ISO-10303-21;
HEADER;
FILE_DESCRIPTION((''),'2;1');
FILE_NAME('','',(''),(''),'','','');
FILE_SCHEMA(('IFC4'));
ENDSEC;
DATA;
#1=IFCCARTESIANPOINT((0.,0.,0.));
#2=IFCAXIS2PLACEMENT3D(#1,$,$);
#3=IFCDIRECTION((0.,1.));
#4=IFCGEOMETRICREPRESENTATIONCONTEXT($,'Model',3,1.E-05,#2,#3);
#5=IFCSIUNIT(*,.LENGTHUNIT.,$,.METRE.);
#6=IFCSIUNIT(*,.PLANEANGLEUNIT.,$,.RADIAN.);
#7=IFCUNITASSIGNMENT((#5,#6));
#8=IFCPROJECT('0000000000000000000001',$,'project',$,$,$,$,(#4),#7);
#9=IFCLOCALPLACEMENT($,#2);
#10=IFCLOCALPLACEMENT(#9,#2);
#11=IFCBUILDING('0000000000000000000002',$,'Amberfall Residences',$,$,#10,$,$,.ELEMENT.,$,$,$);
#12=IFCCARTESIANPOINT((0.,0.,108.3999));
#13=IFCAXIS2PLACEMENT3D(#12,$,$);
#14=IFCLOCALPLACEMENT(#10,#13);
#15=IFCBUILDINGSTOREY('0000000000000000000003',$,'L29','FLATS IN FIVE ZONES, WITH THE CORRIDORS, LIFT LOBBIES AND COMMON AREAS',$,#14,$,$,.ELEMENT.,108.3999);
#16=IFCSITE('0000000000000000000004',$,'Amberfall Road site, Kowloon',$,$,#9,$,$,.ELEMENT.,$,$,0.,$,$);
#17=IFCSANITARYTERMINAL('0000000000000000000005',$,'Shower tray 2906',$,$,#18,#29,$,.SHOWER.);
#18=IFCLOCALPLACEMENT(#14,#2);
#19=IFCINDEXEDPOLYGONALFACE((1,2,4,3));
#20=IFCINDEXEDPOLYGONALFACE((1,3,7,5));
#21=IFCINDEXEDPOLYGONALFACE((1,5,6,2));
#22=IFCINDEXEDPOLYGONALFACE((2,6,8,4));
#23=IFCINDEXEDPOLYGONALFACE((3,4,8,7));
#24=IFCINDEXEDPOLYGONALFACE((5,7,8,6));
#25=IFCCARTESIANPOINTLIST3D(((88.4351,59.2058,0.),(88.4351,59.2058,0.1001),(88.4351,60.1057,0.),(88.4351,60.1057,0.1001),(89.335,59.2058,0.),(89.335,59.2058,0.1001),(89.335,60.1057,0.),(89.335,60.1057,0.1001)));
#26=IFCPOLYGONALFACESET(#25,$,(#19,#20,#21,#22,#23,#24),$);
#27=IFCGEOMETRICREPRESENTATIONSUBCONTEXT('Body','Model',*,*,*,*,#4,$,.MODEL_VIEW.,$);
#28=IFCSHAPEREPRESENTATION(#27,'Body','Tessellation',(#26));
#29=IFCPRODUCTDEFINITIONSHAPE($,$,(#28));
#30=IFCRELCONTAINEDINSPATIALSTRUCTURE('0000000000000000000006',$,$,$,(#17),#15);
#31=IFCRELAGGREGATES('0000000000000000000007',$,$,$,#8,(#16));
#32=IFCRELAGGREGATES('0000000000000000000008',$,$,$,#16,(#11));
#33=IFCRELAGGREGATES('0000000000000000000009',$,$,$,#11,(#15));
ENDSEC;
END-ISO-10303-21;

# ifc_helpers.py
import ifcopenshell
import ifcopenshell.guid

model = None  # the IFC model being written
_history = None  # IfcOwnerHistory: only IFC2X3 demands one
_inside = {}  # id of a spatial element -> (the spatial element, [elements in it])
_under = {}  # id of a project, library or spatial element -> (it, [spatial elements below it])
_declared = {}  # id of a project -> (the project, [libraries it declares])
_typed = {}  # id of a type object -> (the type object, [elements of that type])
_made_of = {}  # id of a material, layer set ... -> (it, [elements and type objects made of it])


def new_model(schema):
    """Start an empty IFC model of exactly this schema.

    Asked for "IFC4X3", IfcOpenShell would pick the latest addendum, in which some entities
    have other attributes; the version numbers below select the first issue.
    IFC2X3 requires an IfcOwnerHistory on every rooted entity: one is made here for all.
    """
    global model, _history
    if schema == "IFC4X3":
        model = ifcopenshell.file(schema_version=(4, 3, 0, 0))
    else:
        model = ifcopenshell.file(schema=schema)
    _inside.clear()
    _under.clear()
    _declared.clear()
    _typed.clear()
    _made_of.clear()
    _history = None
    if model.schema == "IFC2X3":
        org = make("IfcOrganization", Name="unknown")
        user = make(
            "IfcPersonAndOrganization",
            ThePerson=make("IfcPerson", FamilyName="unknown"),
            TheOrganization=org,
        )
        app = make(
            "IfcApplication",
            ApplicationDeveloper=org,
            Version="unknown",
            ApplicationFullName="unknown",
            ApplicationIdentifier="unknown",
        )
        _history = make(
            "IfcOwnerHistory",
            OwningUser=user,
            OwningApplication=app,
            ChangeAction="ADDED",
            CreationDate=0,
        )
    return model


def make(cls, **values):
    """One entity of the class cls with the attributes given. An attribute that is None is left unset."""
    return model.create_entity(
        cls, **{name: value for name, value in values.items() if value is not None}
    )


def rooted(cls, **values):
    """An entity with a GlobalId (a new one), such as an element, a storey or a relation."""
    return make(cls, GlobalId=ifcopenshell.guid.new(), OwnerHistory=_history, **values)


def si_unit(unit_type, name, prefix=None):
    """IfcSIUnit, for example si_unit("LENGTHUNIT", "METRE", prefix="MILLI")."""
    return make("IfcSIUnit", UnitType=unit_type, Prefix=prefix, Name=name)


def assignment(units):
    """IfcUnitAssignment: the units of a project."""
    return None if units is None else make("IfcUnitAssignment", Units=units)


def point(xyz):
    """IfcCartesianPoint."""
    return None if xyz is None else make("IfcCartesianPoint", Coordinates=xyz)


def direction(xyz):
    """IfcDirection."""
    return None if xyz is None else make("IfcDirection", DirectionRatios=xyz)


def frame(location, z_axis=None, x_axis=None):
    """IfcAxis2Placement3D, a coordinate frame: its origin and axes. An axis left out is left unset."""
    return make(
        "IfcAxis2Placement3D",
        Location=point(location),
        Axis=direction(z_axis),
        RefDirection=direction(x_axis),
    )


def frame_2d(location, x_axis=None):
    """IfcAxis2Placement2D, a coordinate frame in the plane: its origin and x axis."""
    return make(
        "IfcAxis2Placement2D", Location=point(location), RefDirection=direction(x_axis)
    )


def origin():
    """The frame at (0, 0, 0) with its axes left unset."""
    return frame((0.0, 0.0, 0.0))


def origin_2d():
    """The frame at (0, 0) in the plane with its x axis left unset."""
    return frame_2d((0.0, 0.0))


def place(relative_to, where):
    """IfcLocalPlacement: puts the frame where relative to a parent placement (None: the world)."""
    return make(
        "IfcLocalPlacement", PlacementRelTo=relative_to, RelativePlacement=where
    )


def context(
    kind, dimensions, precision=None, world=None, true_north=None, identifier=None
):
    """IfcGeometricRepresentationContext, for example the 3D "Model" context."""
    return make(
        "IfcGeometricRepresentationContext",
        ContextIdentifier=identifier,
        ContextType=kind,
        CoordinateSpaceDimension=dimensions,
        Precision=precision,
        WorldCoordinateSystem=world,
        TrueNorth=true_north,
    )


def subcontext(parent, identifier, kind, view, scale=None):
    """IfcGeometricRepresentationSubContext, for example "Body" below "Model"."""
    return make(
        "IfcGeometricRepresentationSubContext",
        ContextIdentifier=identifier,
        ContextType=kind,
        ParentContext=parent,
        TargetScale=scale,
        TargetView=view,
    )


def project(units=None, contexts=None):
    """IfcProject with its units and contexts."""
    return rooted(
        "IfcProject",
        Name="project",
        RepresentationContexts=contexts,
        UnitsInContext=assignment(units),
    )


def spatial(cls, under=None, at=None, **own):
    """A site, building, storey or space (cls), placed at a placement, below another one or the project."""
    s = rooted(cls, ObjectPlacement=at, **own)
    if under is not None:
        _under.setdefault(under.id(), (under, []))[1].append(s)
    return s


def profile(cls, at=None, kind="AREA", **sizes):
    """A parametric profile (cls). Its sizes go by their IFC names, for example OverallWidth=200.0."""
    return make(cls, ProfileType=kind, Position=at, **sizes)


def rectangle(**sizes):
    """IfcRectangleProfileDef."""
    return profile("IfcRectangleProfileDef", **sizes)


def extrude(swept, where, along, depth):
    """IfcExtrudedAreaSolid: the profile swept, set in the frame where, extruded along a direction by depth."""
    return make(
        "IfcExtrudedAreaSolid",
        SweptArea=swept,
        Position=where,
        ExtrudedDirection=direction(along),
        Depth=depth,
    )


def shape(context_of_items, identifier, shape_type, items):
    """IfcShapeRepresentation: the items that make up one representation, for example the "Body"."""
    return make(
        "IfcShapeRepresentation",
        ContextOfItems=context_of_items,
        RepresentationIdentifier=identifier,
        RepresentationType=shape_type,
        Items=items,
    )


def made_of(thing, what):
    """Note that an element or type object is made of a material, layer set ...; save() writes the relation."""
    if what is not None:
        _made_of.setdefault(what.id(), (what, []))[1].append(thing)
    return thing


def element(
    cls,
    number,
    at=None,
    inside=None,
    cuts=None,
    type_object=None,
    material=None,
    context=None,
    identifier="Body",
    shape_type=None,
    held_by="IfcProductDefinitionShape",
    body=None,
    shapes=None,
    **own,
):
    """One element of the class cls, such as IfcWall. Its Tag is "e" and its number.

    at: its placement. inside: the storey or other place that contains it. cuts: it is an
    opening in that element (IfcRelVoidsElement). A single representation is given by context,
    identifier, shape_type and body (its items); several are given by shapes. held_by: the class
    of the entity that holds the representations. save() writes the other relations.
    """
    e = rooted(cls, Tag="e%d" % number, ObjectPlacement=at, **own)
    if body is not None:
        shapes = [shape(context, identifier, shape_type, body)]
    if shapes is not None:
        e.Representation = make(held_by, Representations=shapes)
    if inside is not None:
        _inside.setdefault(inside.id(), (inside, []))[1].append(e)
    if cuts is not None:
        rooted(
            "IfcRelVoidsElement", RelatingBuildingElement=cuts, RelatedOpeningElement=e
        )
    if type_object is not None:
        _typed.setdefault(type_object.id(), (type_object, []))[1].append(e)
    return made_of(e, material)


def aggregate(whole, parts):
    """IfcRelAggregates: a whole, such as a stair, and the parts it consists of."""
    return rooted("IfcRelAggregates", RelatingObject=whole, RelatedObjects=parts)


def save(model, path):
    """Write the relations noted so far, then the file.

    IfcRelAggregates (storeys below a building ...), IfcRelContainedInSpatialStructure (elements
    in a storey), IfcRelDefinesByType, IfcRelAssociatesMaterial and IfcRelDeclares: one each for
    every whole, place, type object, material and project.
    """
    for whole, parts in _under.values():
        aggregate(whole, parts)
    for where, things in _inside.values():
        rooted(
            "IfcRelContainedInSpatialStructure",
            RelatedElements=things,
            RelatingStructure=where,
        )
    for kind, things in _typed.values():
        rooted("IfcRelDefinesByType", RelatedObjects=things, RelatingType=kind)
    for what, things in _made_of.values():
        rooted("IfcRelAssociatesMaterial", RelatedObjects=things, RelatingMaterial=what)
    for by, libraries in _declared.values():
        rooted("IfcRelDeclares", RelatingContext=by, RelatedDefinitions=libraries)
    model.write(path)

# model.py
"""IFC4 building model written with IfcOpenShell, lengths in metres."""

from ifc_helpers import new_model, si_unit, direction, frame, origin, origin_2d, place, context, subcontext, project, spatial, rectangle, extrude, element, save


model = new_model("IFC4")

# Units and contexts
model_context = context("Model", 3, precision=1e-05, world=origin(), true_north=direction((0.0, 1.0)))
body_context = subcontext(model_context, "Body", "Model", "MODEL_VIEW")
ifc_project = project(units=[si_unit("LENGTHUNIT", "METRE"), si_unit("PLANEANGLEUNIT", "RADIAN")], contexts=[model_context])

# Site, building, storey
site_placement = place(None, origin())
site = spatial("IfcSite", under=ifc_project, at=site_placement, Name="Amberfall Road site, Kowloon", CompositionType="ELEMENT", RefElevation=0.0)
building_placement = place(site_placement, origin())
building = spatial("IfcBuilding", under=site, at=building_placement, Name="Amberfall Residences", CompositionType="ELEMENT")
storey_placement = place(building_placement, frame((0.0, 0.0, 108.3999)))
storey = spatial("IfcBuildingStorey", under=building, at=storey_placement, Name="L29", Description="FLATS IN FIVE ZONES, WITH THE CORRIDORS, LIFT LOBBIES AND COMMON AREAS", CompositionType="ELEMENT", Elevation=108.3999)

# Sanitary terminal
sanitary_terminal_1_placement = place(storey_placement, frame((88.885, 59.6558, 0.0), z_axis=(0.0, 0.0, 1.0), x_axis=(1.0, 0.0, 0.0)))
element("IfcSanitaryTerminal", 1, at=sanitary_terminal_1_placement, inside=storey, Name="Shower tray 2906", PredefinedType="SHOWER", context=body_context, shape_type="SweptSolid", body=[
    extrude(rectangle(XDim=0.8999, YDim=0.8999, at=origin_2d()), origin(), (0.0, 0.0, 1.0), 0.1001),
])

save(model, "model.ifc")
